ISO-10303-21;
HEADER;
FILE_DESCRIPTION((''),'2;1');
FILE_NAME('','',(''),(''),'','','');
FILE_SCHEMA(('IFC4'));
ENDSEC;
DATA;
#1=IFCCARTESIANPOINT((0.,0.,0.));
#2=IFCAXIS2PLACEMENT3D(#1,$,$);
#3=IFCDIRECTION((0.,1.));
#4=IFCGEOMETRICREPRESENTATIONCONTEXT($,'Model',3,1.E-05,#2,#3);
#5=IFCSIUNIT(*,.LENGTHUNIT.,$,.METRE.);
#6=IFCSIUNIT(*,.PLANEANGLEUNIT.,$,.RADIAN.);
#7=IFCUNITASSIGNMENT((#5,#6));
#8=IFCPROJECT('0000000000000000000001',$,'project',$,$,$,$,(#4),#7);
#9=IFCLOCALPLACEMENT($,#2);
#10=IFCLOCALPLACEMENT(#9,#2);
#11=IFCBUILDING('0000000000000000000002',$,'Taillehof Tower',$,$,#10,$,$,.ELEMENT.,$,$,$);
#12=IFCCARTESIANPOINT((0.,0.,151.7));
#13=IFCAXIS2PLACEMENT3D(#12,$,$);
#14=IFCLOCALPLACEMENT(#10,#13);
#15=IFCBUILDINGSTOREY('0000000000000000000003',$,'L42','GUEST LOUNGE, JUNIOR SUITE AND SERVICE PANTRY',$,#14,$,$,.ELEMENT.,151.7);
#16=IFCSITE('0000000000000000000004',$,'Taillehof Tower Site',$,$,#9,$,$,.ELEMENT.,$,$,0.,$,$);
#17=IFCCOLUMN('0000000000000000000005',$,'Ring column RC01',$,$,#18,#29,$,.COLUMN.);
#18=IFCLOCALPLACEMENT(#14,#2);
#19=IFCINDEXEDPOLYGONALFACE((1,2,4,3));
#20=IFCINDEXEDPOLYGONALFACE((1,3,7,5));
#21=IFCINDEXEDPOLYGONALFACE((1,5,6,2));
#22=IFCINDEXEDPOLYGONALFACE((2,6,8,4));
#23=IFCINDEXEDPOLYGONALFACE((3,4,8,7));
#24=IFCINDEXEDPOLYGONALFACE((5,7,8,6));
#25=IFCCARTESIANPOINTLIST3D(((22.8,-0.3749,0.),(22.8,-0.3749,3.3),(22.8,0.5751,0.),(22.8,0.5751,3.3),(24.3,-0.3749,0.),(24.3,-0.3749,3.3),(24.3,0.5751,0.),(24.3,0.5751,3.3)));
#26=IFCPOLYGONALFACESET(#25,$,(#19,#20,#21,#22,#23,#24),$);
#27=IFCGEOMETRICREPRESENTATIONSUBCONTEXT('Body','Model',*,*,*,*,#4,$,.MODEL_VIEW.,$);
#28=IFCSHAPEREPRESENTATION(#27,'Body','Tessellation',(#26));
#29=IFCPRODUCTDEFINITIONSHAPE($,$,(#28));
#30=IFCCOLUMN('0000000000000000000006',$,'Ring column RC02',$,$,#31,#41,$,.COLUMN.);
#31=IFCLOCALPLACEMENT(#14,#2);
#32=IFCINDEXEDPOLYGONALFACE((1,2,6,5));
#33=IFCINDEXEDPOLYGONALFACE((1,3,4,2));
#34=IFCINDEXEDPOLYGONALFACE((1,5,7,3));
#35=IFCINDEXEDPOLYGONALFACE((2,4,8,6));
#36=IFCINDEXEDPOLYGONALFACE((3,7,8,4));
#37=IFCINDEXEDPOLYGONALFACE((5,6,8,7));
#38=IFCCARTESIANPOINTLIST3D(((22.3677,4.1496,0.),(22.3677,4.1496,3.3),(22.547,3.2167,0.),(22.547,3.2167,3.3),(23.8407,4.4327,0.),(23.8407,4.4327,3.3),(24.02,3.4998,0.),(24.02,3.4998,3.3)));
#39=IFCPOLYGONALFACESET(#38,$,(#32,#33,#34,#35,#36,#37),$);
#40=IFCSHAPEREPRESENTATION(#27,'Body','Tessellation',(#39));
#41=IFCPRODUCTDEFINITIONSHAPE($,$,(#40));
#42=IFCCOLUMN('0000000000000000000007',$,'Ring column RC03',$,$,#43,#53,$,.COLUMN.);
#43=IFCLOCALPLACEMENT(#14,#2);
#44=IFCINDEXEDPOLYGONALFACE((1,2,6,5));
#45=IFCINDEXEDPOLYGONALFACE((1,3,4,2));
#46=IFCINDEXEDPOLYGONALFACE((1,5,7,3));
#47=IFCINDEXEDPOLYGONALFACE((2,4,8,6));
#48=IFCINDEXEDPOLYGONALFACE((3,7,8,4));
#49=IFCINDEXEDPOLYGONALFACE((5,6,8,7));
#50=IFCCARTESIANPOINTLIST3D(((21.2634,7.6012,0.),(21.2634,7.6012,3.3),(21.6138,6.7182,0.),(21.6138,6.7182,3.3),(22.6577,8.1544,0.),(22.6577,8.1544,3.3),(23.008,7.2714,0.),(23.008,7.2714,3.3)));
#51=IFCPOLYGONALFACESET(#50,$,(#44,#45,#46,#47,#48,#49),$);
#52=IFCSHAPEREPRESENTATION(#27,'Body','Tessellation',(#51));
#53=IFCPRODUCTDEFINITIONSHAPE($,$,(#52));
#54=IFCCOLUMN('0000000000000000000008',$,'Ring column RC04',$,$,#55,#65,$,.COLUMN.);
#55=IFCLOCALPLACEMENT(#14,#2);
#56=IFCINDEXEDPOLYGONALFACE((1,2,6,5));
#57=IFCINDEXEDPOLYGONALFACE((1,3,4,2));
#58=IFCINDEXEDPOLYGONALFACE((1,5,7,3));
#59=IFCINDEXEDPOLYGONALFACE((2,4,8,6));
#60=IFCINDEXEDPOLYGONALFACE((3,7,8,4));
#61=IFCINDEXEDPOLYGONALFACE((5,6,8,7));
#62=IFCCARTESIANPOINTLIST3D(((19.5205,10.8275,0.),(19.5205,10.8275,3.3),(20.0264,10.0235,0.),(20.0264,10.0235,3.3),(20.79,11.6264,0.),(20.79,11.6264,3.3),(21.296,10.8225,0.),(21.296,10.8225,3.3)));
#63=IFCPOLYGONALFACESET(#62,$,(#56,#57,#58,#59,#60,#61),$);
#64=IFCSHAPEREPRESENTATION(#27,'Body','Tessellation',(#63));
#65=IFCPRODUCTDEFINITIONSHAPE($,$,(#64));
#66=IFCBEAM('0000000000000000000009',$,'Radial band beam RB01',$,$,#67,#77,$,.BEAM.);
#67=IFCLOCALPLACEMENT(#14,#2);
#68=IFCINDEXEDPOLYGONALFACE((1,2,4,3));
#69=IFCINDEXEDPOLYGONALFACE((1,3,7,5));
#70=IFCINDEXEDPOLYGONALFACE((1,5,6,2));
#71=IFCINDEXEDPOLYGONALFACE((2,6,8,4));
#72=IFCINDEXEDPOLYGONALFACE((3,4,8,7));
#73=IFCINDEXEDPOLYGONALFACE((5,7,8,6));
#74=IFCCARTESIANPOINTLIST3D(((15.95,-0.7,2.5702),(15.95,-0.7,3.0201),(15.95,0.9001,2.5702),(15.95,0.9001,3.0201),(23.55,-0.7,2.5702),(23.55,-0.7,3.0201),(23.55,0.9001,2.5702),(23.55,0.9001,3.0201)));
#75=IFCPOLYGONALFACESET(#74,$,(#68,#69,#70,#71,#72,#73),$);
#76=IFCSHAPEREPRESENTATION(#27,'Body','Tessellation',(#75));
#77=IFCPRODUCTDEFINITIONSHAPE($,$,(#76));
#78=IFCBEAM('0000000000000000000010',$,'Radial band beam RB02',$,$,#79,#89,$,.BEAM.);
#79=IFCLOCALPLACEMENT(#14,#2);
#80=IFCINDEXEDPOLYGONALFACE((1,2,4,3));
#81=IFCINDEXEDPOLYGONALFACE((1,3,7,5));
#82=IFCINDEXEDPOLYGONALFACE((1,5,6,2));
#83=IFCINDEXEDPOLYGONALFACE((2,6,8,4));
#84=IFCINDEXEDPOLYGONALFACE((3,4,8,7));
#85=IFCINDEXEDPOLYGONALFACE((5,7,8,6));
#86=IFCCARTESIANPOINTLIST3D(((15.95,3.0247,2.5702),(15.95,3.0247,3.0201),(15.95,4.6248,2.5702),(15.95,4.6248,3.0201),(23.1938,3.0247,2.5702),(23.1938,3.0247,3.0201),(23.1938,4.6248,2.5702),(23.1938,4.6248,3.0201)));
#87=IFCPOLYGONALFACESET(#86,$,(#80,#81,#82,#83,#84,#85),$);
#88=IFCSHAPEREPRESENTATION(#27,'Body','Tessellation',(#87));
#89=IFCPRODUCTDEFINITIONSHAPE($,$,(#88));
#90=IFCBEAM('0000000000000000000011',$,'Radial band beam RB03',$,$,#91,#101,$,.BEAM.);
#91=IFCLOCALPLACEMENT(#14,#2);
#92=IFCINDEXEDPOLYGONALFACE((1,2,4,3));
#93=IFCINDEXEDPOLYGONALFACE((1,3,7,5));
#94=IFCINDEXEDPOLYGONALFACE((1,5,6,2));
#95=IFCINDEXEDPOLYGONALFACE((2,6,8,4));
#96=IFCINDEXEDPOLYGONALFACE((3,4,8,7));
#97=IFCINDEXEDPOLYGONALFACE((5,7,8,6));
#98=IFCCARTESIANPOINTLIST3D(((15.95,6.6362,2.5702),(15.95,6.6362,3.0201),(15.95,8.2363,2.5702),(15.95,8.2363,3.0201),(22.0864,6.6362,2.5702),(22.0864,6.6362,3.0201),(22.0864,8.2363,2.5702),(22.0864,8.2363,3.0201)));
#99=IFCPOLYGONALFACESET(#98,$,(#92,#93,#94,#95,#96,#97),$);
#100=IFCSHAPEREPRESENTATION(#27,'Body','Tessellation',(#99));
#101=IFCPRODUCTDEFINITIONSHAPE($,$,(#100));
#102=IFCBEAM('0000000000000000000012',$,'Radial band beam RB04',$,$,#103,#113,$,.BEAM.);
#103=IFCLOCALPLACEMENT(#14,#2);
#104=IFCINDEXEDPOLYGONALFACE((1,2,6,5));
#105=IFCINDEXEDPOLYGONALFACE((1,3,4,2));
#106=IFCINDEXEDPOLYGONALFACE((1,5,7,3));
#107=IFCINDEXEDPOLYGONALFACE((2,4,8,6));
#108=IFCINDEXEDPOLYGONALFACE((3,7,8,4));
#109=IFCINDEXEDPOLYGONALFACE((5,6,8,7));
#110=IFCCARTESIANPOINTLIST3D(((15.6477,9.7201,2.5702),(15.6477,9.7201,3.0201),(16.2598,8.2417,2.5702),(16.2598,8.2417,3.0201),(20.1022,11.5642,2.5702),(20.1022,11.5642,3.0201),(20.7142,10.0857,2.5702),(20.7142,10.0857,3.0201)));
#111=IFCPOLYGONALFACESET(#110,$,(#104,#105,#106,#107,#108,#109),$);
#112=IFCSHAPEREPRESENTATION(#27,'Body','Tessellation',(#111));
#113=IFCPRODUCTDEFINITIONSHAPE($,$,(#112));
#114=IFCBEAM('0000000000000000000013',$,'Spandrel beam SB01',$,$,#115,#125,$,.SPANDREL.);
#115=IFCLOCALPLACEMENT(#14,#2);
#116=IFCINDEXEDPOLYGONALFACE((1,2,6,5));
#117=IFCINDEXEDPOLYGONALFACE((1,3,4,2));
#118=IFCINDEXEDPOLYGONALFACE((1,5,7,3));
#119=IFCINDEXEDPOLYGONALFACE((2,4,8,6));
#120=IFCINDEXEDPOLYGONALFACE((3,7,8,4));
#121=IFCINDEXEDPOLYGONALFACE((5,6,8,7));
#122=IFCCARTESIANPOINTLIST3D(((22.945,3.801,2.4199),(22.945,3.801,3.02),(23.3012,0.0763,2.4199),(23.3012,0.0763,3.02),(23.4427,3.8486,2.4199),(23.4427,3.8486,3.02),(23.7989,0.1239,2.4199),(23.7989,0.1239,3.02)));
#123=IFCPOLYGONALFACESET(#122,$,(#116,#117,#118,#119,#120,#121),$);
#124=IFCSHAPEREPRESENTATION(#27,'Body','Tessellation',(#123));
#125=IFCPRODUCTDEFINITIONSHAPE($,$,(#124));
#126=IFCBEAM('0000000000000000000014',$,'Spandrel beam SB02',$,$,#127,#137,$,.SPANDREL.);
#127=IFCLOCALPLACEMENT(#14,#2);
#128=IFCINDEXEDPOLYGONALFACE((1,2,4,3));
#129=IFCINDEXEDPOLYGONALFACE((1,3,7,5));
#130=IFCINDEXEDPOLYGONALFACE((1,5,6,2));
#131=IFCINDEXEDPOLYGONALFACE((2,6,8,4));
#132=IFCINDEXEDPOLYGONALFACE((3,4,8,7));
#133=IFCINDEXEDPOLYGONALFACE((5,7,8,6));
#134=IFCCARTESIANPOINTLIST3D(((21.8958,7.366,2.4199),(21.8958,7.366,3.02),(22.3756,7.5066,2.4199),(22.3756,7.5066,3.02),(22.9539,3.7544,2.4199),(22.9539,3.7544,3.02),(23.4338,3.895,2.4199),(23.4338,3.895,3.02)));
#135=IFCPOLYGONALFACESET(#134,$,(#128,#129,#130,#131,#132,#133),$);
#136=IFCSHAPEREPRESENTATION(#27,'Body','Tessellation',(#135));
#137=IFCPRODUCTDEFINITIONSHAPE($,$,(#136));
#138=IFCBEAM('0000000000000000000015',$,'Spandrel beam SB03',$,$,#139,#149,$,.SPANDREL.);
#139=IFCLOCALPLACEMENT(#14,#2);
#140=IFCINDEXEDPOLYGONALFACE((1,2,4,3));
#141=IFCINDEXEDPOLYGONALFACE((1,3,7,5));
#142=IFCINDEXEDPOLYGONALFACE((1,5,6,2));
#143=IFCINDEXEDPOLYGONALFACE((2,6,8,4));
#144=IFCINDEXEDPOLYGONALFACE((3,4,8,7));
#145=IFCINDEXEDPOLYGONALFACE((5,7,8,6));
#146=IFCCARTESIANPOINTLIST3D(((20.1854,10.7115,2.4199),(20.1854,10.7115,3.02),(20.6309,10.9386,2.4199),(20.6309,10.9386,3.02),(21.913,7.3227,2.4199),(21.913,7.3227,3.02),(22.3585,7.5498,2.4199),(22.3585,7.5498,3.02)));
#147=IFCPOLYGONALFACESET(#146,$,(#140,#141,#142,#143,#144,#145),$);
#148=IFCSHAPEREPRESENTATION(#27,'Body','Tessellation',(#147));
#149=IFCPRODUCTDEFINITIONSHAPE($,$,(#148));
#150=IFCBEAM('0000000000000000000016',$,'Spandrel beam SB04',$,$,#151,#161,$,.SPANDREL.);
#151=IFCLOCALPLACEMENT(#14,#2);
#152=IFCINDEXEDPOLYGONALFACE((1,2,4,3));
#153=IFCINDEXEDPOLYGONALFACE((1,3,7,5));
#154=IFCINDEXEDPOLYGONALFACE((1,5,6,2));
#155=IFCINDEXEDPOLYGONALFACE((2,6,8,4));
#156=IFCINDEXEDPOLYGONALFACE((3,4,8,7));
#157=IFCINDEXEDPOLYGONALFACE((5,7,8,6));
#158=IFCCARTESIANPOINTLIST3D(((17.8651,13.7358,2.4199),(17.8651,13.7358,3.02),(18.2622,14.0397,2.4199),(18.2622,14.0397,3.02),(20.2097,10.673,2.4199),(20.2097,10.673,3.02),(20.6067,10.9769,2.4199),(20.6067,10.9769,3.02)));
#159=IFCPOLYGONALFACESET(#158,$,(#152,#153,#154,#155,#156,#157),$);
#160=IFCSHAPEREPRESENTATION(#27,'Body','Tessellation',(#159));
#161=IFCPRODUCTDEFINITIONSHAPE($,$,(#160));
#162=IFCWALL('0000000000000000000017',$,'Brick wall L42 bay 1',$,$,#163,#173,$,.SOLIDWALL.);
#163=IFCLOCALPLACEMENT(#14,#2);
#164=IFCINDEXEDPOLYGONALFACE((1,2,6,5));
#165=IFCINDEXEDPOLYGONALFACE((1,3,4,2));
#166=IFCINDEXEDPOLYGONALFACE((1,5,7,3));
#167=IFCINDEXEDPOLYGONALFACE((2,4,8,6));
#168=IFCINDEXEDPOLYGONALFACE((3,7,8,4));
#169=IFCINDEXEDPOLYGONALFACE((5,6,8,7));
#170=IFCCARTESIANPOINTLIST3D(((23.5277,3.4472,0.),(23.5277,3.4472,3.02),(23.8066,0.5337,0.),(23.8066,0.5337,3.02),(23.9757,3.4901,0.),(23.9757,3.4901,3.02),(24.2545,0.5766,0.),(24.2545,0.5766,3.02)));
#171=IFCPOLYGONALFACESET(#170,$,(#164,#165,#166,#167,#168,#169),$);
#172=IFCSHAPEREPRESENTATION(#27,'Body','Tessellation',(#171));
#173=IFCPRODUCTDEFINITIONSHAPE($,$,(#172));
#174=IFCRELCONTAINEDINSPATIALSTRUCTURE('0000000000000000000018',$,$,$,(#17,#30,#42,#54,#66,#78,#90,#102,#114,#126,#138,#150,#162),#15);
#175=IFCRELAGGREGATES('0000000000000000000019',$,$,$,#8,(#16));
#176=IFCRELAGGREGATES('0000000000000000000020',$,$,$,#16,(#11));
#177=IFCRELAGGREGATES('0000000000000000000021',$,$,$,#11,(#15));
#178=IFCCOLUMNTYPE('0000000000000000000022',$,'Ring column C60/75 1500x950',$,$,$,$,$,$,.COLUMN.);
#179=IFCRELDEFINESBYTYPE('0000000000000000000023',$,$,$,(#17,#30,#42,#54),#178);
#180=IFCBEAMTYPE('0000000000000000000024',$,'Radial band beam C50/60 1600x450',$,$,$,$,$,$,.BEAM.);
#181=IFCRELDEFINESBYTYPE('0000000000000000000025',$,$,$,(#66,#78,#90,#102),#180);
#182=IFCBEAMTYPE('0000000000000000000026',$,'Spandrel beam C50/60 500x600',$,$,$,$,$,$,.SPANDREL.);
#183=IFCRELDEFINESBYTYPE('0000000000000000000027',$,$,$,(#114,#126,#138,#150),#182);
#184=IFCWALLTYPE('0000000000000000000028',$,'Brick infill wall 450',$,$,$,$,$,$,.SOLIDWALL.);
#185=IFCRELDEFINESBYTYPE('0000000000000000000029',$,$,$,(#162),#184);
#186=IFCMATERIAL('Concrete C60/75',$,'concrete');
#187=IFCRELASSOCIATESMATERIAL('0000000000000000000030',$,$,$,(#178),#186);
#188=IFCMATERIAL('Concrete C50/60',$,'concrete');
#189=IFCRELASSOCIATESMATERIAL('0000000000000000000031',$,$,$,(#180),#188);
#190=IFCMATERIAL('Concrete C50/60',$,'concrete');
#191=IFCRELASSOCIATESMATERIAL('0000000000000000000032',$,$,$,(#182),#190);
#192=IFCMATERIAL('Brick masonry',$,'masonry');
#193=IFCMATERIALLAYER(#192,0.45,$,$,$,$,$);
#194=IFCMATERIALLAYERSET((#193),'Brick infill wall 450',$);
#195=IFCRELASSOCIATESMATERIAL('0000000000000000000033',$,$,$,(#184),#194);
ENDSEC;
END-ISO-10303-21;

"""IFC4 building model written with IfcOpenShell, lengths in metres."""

from ifc_helpers import new_model, si_unit, direction, frame, frame_2d, origin, origin_2d, place, context, subcontext, project, spatial, rectangle, extrude, material, layer, layer_set, material_profile, profile_set, type_object, element, save


model = new_model("IFC4")

# Units and contexts
model_context = context("Model", 3, precision=1e-05, world=origin(), true_north=direction((0.0, 1.0)))
body_context = subcontext(model_context, "Body", "Model", "MODEL_VIEW")
ifc_project = project(units=[si_unit("LENGTHUNIT", "METRE"), si_unit("PLANEANGLEUNIT", "RADIAN")], contexts=[model_context])

# Site, building, storey
site_placement = place(None, origin())
site = spatial("IfcSite", under=ifc_project, at=site_placement, Name="Taillehof Tower Site", CompositionType="ELEMENT", RefElevation=0.0)
building_placement = place(site_placement, origin())
building = spatial("IfcBuilding", under=site, at=building_placement, Name="Taillehof Tower", CompositionType="ELEMENT")
storey_placement = place(building_placement, frame((0.0, 0.0, 151.7)))
storey = spatial("IfcBuildingStorey", under=building, at=storey_placement, Name="L42", Description="GUEST LOUNGE, JUNIOR SUITE AND SERVICE PANTRY", CompositionType="ELEMENT", Elevation=151.7)

# Columns
ifc_material_1 = material(Name="Concrete C60/75", Category="concrete")
ifc_material_profile_1 = material_profile(ifc_material_1, rectangle(XDim=1.5, YDim=0.95, at=origin_2d()), Name="RC 1500x950")
ifc_profile_set_1 = profile_set([ifc_material_profile_1], Name="Concrete C60/75")
column_type = type_object("IfcColumnType", Name="Ring column C60/75 1500x950", PredefinedType="COLUMN", material=ifc_profile_set_1)
for number, where, z_axis, x_axis, name in (
    (1, (23.55, 0.1001, 0.0), (0.0, 0.0, 1.0), (1.0, 0.0, 0.0), "Ring column RC01"),
    (2, (23.1938, 3.8247, 0.0), (0.0, 0.0, 1.0), (0.982024, 0.188757, 0.0), "Ring column RC02"),
    (3, (22.1357, 7.4363, 0.0), (0.0, 0.0, 1.0), (0.929511, 0.368793, 0.0), "Ring column RC03"),
    (4, (20.4082, 10.825, 0.0), (0.0, 0.0, 1.0), (0.846334, 0.532652, 0.0), "Ring column RC04"),
):
    element("IfcColumn", number, at=place(storey_placement, frame(where, z_axis=z_axis, x_axis=x_axis)), inside=storey, type_object=column_type, Name=name, PredefinedType="COLUMN", context=body_context, shape_type="SweptSolid", body=[
        extrude(rectangle(XDim=1.5, YDim=0.95, at=origin_2d()), origin(), (0.0, 0.0, 1.0), 3.3),
    ])

# Beams
ifc_material_2 = material(Name="Concrete C50/60", Category="concrete")
ifc_material_profile_2 = material_profile(ifc_material_2, rectangle(XDim=1.6001, YDim=0.45, at=origin_2d()), Name="RC 1600x450")
ifc_profile_set_2 = profile_set([ifc_material_profile_2], Name="Concrete C50/60")
beam_type_1 = type_object("IfcBeamType", Name="Radial band beam C50/60 1600x450", PredefinedType="BEAM", material=ifc_profile_set_2)
beam_1_placement = place(storey_placement, frame((23.55, 0.1001, 2.7952), z_axis=(-1.0, 0.0, 0.0), x_axis=(0.0, -1.0, 0.0)))
element("IfcBeam", 5, at=beam_1_placement, inside=storey, type_object=beam_type_1, Name="Radial band beam RB01", PredefinedType="BEAM", context=body_context, shape_type="SweptSolid", body=[
    extrude(rectangle(XDim=1.6001, YDim=0.45, at=origin_2d()), origin(), (0.0, 0.0, 1.0), 7.6001),
])
beam_2_placement = place(storey_placement, frame((23.1938, 3.8247, 2.7952), z_axis=(-1.0, 0.0, 0.0), x_axis=(0.0, -1.0, 0.0)))
element("IfcBeam", 6, at=beam_2_placement, inside=storey, type_object=beam_type_1, Name="Radial band beam RB02", PredefinedType="BEAM", context=body_context, shape_type="SweptSolid", body=[
    extrude(rectangle(XDim=1.6001, YDim=0.45, at=origin_2d()), origin(), (0.0, 0.0, 1.0), 7.2439),
])
beam_3_placement = place(storey_placement, frame((22.0864, 7.4363, 2.7952), z_axis=(-1.0, 0.0, 0.0), x_axis=(0.0, -1.0, 0.0)))
element("IfcBeam", 7, at=beam_3_placement, inside=storey, type_object=beam_type_1, Name="Radial band beam RB03", PredefinedType="BEAM", context=body_context, shape_type="SweptSolid", body=[
    extrude(rectangle(XDim=1.6001, YDim=0.45, at=origin_2d()), origin(), (0.0, 0.0, 1.0), 6.1365),
])
beam_4_placement = place(storey_placement, frame((20.4082, 10.825, 2.7952), z_axis=(-0.923957, -0.382496, 0.0), x_axis=(0.382496, -0.923957, 0.0)))
element("IfcBeam", 8, at=beam_4_placement, inside=storey, type_object=beam_type_1, Name="Radial band beam RB04", PredefinedType="BEAM", context=body_context, shape_type="SweptSolid", body=[
    extrude(rectangle(XDim=1.6001, YDim=0.45, at=origin_2d()), origin(), (0.0, 0.0, 1.0), 4.821),
])
ifc_material_3 = material(Name="Concrete C50/60", Category="concrete")
ifc_material_profile_3 = material_profile(ifc_material_3, rectangle(XDim=0.5, YDim=0.6001, at=origin_2d()), Name="RC 500x600")
ifc_profile_set_3 = profile_set([ifc_material_profile_3], Name="Concrete C50/60")
beam_type_2 = type_object("IfcBeamType", Name="Spandrel beam C50/60 500x600", PredefinedType="SPANDREL", material=ifc_profile_set_3)
beam_5_placement = place(storey_placement, frame((23.55, 0.1001, 2.72), z_axis=(-0.0952, 0.995458, 0.0), x_axis=(-0.995458, -0.0952, 0.0)))
element("IfcBeam", 9, at=beam_5_placement, inside=storey, type_object=beam_type_2, Name="Spandrel beam SB01", PredefinedType="SPANDREL", context=body_context, shape_type="SweptSolid", body=[
    extrude(rectangle(XDim=0.5, YDim=0.6001, at=origin_2d()), origin(), (0.0, 0.0, 1.0), 3.7417),
])
beam_6_placement = place(storey_placement, frame((23.1938, 3.8247, 2.72), z_axis=(-0.281158, 0.959661, 0.0), x_axis=(-0.959661, -0.281158, 0.0)))
element("IfcBeam", 10, at=beam_6_placement, inside=storey, type_object=beam_type_2, Name="Spandrel beam SB02", PredefinedType="SPANDREL", context=body_context, shape_type="SweptSolid", body=[
    extrude(rectangle(XDim=0.5, YDim=0.6001, at=origin_2d()), origin(), (0.0, 0.0, 1.0), 3.7634),
])
beam_7_placement = place(storey_placement, frame((22.1357, 7.4363, 2.72), z_axis=(-0.454183, 0.890908, 0.0), x_axis=(-0.890908, -0.454183, 0.0)))
element("IfcBeam", 11, at=beam_7_placement, inside=storey, type_object=beam_type_2, Name="Spandrel beam SB03", PredefinedType="SPANDREL", context=body_context, shape_type="SweptSolid", body=[
    extrude(rectangle(XDim=0.5, YDim=0.6001, at=origin_2d()), origin(), (0.0, 0.0, 1.0), 3.8037),
])
beam_8_placement = place(storey_placement, frame((20.4082, 10.825, 2.72), z_axis=(-0.60784, 0.794059, 0.0), x_axis=(-0.794059, -0.60784, 0.0)))
element("IfcBeam", 12, at=beam_8_placement, inside=storey, type_object=beam_type_2, Name="Spandrel beam SB04", PredefinedType="SPANDREL", context=body_context, shape_type="SweptSolid", body=[
    extrude(rectangle(XDim=0.5, YDim=0.6001, at=origin_2d()), origin(), (0.0, 0.0, 1.0), 3.8572),
])

# Wall
ifc_material_4 = material(Name="Brick masonry", Category="masonry")
ifc_layer_1 = layer(ifc_material_4, 0.45)
ifc_layer_set_1 = layer_set([ifc_layer_1], Name="Brick infill wall 450")
wall_type_1 = type_object("IfcWallType", Name="Brick infill wall 450", PredefinedType="SOLIDWALL", material=ifc_layer_set_1)
wall_1_placement = place(storey_placement, frame((24.0305, 0.5552, 0.0), z_axis=(0.0, 0.0, 1.0), x_axis=(-0.095266, 0.995452, 0.0)))
element("IfcWall", 13, at=wall_1_placement, inside=storey, type_object=wall_type_1, Name="Brick wall L42 bay 1", PredefinedType="SOLIDWALL", context=body_context, shape_type="SweptSolid", body=[
    extrude(rectangle(XDim=2.9268, YDim=0.45, at=frame_2d((1.4634, 0.0))), origin(), (0.0, 0.0, 1.0), 3.02),
])

save(model, "model.ifc")
